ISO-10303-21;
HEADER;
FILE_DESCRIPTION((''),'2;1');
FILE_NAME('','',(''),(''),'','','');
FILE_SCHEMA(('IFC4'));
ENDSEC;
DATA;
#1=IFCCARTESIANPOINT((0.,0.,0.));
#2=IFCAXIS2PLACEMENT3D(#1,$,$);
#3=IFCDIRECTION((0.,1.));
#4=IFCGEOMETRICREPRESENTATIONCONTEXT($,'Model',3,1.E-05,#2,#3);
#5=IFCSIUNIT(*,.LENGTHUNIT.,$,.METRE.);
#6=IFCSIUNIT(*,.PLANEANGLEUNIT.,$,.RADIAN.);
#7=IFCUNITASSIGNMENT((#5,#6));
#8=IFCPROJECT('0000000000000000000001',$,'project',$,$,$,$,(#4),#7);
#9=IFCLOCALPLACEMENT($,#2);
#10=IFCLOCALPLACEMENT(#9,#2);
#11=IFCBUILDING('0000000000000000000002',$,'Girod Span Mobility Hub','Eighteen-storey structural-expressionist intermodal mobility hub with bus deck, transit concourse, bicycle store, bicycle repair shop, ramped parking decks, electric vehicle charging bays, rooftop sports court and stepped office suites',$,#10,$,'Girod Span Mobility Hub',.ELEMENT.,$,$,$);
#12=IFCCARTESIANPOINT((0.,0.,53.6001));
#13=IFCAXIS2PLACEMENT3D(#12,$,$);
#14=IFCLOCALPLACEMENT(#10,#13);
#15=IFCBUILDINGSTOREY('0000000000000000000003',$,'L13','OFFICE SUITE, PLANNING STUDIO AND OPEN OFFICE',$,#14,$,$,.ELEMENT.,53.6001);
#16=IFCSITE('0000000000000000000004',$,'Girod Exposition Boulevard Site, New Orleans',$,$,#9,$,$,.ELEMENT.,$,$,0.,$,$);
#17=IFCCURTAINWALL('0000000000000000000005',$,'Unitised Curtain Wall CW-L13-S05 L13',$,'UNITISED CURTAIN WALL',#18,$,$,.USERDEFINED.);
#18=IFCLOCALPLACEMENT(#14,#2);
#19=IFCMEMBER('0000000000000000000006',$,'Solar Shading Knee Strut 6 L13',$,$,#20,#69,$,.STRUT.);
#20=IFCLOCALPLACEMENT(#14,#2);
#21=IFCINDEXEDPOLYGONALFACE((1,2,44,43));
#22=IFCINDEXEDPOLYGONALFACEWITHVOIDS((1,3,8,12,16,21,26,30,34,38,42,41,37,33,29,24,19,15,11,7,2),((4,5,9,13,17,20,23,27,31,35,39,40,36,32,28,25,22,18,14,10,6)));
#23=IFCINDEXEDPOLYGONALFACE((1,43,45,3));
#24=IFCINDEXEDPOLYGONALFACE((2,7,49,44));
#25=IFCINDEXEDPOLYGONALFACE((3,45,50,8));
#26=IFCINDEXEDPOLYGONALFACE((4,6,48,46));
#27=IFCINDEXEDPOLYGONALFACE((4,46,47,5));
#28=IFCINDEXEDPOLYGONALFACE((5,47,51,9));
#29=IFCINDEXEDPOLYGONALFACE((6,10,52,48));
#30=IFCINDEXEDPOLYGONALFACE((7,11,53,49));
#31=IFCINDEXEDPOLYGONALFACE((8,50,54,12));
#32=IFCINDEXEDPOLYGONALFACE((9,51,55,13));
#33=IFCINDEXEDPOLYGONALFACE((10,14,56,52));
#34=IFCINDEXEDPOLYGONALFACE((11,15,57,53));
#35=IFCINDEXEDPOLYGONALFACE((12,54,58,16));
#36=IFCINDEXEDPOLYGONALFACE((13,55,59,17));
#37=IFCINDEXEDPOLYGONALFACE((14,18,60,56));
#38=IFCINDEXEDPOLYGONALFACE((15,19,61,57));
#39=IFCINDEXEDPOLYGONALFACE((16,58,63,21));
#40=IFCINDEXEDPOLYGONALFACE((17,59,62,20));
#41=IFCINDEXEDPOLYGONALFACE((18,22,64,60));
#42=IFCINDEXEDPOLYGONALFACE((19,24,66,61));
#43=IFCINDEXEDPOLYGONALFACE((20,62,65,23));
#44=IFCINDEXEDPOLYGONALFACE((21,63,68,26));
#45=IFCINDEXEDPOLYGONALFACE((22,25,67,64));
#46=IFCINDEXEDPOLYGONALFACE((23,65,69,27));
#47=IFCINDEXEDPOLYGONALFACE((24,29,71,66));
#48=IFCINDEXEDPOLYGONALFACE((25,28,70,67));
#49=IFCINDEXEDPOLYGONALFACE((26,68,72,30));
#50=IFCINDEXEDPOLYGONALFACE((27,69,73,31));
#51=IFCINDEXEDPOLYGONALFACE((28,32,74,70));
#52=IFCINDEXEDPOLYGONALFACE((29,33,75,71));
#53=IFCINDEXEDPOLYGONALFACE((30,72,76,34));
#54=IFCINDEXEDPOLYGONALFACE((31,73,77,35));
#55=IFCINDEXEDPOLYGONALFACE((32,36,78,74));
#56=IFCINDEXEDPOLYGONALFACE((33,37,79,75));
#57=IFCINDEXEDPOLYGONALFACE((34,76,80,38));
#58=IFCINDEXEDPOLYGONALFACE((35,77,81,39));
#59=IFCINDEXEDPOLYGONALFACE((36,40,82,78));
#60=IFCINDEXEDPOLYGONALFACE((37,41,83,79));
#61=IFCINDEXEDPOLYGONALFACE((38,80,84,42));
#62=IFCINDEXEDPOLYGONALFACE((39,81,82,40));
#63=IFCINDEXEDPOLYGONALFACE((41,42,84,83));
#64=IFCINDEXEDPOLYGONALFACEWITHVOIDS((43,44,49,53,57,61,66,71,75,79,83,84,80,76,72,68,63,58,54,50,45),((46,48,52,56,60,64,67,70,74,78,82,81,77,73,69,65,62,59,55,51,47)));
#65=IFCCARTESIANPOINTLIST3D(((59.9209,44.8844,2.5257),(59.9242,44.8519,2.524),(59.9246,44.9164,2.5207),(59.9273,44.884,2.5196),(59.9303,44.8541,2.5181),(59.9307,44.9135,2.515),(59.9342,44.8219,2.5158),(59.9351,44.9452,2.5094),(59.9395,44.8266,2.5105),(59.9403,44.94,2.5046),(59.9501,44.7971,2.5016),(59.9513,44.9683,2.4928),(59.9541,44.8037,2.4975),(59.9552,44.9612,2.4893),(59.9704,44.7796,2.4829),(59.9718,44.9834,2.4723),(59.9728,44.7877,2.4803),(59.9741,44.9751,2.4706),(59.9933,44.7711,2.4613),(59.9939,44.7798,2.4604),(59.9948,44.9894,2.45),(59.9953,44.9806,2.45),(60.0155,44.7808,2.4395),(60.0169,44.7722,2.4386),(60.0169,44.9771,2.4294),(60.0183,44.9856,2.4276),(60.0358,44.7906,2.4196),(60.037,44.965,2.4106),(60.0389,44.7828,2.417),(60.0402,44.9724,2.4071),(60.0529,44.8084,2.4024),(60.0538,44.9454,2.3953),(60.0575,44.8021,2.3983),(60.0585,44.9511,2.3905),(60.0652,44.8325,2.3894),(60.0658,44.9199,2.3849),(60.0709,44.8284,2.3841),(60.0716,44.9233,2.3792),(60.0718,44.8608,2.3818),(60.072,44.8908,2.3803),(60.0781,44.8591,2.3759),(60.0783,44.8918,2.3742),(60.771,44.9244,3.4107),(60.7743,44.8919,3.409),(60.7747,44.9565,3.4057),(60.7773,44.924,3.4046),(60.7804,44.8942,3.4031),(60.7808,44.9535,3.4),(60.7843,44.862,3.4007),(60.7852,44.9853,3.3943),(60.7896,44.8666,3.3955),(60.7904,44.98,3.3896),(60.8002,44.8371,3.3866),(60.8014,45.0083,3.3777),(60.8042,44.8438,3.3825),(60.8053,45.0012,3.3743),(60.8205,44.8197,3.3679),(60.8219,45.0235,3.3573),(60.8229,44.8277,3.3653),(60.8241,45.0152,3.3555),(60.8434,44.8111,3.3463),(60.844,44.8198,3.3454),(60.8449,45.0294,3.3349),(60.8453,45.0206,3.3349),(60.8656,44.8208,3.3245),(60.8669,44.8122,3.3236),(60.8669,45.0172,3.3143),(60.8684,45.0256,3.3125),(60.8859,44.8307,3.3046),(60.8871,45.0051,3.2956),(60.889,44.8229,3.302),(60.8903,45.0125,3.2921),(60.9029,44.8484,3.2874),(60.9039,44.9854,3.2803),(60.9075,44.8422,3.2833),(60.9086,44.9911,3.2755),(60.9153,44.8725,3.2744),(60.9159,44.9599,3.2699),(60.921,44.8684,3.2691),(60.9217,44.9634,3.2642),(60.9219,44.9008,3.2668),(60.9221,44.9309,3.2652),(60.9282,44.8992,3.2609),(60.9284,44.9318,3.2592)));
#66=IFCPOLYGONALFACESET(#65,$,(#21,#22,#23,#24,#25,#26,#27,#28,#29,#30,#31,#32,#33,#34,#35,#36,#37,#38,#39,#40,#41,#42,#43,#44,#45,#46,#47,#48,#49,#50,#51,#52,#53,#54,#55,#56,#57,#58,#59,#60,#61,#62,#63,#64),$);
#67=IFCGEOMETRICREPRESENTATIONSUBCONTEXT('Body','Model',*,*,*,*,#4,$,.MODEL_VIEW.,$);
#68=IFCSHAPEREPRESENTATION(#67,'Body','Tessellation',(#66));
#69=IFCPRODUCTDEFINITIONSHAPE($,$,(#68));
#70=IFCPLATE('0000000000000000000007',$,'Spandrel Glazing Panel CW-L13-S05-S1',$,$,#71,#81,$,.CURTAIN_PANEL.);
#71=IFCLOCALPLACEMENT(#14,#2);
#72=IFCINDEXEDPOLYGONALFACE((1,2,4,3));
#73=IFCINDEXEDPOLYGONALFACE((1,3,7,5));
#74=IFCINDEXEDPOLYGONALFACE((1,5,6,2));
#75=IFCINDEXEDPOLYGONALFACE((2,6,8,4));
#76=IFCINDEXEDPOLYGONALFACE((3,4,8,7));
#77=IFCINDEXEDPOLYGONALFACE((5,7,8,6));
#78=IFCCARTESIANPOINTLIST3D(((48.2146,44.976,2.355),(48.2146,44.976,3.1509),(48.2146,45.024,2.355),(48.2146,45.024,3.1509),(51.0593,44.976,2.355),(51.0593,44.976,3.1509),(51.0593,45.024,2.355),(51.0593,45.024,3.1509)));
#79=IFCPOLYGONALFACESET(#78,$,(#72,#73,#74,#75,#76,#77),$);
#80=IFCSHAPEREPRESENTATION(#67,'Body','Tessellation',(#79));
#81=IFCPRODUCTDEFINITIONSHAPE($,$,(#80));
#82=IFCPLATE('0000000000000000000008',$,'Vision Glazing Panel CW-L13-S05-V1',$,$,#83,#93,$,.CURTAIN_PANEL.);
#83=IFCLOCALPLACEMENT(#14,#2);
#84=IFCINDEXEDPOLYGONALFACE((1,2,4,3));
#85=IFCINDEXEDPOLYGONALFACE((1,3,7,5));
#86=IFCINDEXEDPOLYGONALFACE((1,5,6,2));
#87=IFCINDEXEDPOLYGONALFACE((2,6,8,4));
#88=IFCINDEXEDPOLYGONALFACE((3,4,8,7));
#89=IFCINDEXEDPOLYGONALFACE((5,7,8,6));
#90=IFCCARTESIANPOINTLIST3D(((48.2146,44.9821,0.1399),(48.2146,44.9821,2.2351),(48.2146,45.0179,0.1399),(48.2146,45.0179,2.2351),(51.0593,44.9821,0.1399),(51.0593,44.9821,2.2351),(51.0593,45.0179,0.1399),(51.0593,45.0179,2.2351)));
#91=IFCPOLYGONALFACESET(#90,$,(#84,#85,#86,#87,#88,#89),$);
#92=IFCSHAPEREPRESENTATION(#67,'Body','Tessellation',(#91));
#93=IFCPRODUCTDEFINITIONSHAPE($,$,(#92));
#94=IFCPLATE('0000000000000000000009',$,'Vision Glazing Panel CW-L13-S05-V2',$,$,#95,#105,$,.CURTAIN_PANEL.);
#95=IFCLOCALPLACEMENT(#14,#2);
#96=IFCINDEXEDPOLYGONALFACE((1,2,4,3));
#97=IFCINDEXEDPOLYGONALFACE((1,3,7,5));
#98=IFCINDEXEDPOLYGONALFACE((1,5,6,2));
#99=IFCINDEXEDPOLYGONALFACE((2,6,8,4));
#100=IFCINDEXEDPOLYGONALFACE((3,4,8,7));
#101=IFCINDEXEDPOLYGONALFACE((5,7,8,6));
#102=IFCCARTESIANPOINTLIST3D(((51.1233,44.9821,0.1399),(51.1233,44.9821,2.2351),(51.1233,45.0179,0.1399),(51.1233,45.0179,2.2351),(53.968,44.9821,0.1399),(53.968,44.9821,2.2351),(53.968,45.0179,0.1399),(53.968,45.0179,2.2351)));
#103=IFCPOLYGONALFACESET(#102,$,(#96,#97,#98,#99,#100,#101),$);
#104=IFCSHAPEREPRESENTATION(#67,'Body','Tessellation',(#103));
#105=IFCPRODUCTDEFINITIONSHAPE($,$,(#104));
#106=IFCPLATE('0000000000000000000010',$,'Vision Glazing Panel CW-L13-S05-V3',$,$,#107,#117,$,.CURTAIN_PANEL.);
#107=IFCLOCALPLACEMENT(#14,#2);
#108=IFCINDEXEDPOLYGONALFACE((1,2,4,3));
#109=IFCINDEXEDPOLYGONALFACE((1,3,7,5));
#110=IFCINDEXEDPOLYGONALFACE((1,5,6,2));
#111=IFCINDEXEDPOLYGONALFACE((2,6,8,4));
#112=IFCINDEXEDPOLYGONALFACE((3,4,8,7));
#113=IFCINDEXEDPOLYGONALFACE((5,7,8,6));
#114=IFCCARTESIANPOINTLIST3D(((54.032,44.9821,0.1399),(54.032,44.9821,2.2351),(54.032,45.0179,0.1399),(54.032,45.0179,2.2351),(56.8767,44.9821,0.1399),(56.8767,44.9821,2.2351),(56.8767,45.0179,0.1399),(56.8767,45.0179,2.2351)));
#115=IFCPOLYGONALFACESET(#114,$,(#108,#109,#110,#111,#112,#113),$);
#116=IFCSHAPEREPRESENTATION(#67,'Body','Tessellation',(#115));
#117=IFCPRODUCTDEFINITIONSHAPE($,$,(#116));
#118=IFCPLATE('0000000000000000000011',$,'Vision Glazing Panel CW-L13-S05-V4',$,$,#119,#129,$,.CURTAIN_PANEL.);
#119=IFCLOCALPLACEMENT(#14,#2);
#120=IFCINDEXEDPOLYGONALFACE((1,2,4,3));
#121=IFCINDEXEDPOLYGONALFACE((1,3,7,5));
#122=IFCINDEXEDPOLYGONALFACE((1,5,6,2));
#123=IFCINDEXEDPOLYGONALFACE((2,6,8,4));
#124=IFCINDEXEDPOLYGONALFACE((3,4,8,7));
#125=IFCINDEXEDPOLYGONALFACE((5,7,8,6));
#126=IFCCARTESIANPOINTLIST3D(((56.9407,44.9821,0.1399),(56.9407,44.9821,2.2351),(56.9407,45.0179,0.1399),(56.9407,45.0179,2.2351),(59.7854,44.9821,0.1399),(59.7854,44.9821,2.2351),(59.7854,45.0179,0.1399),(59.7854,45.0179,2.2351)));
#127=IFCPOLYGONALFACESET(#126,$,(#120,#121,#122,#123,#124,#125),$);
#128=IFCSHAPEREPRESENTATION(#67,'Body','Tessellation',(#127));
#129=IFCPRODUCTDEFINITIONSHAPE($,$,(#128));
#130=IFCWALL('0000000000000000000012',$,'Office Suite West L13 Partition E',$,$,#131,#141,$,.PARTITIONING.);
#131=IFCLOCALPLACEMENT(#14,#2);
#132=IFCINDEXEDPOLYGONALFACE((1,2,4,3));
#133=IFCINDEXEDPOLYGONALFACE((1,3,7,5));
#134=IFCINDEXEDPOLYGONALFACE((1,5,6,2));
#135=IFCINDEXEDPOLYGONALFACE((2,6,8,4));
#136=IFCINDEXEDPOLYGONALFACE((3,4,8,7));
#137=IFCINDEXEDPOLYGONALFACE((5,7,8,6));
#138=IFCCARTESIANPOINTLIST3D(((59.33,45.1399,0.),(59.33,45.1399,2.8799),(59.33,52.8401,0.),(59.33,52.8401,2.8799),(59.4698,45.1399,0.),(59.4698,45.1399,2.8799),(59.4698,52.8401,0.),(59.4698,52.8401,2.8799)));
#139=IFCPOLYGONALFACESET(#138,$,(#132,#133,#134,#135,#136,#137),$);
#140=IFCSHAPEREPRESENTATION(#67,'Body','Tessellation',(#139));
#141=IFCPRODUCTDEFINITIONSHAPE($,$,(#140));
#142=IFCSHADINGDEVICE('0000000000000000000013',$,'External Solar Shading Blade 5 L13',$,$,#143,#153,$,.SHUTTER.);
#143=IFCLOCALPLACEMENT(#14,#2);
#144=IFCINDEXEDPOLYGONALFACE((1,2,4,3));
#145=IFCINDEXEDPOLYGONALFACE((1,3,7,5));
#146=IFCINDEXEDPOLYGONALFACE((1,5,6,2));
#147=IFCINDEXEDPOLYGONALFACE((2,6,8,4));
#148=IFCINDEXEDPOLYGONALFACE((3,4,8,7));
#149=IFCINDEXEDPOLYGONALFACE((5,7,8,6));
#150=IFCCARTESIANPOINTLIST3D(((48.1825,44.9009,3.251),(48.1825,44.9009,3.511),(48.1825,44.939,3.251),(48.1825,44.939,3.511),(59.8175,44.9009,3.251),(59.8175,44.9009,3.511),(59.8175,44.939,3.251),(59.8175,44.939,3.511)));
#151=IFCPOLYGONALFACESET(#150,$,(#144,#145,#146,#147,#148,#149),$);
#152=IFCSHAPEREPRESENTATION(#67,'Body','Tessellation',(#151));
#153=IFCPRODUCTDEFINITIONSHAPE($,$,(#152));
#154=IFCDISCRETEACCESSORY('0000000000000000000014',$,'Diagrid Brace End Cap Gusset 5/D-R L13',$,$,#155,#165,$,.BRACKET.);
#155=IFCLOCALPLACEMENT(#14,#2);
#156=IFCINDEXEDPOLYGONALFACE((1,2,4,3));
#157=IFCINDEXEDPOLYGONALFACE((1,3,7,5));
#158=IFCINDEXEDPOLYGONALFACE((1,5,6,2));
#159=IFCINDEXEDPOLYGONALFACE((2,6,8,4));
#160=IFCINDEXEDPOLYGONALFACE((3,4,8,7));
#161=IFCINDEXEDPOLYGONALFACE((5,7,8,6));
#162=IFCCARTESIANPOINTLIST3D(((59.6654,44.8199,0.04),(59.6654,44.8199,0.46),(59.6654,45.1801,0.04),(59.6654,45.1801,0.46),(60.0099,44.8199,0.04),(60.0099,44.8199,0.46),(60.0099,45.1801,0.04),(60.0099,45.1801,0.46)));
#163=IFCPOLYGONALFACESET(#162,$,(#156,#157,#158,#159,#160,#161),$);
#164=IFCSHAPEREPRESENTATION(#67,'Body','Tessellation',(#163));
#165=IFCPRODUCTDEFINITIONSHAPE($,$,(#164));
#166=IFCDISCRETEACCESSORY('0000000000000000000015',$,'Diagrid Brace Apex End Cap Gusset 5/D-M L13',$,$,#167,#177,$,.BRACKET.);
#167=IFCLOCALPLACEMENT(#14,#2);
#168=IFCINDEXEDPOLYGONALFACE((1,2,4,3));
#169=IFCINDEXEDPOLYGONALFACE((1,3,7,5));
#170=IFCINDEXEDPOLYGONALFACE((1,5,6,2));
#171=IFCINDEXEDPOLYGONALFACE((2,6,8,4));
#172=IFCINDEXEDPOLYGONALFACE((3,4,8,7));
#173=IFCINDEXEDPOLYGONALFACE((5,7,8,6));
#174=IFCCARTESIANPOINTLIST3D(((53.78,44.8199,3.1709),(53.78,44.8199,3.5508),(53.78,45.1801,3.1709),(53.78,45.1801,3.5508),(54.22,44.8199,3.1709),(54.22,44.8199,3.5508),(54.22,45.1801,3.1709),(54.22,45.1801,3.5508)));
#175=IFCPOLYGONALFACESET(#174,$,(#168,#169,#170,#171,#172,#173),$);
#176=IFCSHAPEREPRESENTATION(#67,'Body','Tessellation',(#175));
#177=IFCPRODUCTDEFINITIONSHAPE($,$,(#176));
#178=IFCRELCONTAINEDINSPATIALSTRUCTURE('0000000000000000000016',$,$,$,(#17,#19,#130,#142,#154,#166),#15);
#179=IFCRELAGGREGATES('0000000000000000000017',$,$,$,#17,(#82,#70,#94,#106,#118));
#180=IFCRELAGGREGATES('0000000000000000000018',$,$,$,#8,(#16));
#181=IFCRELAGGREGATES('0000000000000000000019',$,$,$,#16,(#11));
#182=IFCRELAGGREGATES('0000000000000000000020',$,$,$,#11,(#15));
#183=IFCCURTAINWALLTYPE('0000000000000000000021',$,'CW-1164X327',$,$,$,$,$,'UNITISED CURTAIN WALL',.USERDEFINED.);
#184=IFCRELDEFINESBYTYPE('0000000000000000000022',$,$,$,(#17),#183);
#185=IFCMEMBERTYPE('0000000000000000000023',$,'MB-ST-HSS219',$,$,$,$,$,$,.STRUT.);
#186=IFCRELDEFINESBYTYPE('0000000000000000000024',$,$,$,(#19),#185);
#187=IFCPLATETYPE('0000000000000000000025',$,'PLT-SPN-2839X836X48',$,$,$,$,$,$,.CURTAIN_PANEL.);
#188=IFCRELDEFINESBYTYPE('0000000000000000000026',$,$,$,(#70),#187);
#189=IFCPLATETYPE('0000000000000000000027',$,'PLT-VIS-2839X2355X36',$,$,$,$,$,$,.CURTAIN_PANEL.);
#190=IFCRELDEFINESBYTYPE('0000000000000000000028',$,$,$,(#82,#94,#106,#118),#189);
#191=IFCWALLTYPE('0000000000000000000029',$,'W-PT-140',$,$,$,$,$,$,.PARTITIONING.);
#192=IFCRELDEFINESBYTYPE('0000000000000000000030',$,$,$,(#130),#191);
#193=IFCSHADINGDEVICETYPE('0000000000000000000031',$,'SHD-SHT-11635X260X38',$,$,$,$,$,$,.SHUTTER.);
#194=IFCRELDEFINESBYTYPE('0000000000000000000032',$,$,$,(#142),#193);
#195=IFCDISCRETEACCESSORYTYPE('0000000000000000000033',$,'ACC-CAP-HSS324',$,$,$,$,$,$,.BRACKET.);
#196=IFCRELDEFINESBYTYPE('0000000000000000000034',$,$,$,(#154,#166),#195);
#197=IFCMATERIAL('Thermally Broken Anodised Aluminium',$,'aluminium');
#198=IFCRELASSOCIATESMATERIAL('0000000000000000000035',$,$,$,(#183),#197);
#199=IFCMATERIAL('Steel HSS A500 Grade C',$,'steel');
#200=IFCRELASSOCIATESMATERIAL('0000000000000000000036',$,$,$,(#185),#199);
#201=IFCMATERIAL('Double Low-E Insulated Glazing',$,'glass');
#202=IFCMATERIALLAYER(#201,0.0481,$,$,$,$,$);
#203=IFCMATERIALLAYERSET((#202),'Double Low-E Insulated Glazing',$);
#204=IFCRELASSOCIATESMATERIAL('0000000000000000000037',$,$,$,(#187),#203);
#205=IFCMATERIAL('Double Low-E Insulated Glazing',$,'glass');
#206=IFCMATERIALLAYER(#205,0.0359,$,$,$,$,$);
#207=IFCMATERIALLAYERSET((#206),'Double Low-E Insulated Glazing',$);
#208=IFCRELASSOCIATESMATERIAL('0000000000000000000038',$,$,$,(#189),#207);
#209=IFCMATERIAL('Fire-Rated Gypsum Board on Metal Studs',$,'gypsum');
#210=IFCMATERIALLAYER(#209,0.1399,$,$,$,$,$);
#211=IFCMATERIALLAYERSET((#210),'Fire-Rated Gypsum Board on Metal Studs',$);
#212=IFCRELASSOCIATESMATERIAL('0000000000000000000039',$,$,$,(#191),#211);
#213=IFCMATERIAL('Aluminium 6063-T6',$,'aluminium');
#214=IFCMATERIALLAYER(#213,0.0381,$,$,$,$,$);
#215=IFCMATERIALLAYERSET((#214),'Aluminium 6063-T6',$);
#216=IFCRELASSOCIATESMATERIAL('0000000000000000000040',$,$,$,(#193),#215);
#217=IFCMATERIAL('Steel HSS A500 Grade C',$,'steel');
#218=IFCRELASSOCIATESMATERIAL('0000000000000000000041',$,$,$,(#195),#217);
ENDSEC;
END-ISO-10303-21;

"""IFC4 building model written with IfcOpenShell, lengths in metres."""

from ifc_helpers import new_model, si_unit, direction, frame, frame_2d, origin, origin_2d, place, context, subcontext, project, spatial, rectangle, hollow_circle, extrude, material, layer, layer_set, material_profile, profile_set, type_object, element, aggregate, save


model = new_model("IFC4")

# Units and contexts
model_context = context("Model", 3, precision=1e-05, world=origin(), true_north=direction((0.0, 1.0)))
body_context = subcontext(model_context, "Body", "Model", "MODEL_VIEW")
ifc_project = project(units=[si_unit("LENGTHUNIT", "METRE"), si_unit("PLANEANGLEUNIT", "RADIAN")], contexts=[model_context])

# Site, building, storey
site_placement = place(None, origin())
site = spatial("IfcSite", under=ifc_project, at=site_placement, Name="Girod Exposition Boulevard Site, New Orleans", CompositionType="ELEMENT", RefElevation=0.0)
building_placement = place(site_placement, origin())
building = spatial("IfcBuilding", under=site, at=building_placement, Name="Girod Span Mobility Hub", Description="Eighteen-storey structural-expressionist intermodal mobility hub with bus deck, transit concourse, bicycle store, bicycle repair shop, ramped parking decks, electric vehicle charging bays, rooftop sports court and stepped office suites", LongName="Girod Span Mobility Hub", CompositionType="ELEMENT")
storey_placement = place(building_placement, frame((0.0, 0.0, 53.6001)))
storey = spatial("IfcBuildingStorey", under=building, at=storey_placement, Name="L13", Description="OFFICE SUITE, PLANNING STUDIO AND OPEN OFFICE", CompositionType="ELEMENT", Elevation=53.6001)

# Curtain wall
ifc_material_1 = material(Name="Thermally Broken Anodised Aluminium", Category="aluminium")
curtain_wall_type = type_object("IfcCurtainWallType", Name="CW-1164X327", ElementType="UNITISED CURTAIN WALL", PredefinedType="USERDEFINED", material=ifc_material_1)
curtain_wall_1_placement = place(storey_placement, origin())
curtain_wall_1 = element("IfcCurtainWall", 1, at=curtain_wall_1_placement, inside=storey, type_object=curtain_wall_type, Name="Unitised Curtain Wall CW-L13-S05 L13", ObjectType="UNITISED CURTAIN WALL", PredefinedType="USERDEFINED")

# Member
ifc_material_2 = material(Name="Steel HSS A500 Grade C", Category="steel")
ifc_material_profile_1 = material_profile(ifc_material_2, hollow_circle(Radius=0.1096, WallThickness=0.0088, at=origin_2d()), Name="HSS219X9.5")
ifc_profile_set_1 = profile_set([ifc_material_profile_1], Name="Steel HSS A500 Grade C")
member_type_1 = type_object("IfcMemberType", Name="MB-ST-HSS219", PredefinedType="STRUT", material=ifc_profile_set_1)
member_1_placement = place(storey_placement, frame((60.0, 44.8799, 2.45), z_axis=(0.69237, 0.03261, 0.720805), x_axis=(-0.047047, 0.998893, 0.0)))
element("IfcMember", 2, at=member_1_placement, inside=storey, type_object=member_type_1, Name="Solar Shading Knee Strut 6 L13", PredefinedType="STRUT", context=body_context, shape_type="SweptSolid", body=[
    extrude(hollow_circle(Radius=0.1096, WallThickness=0.0088, at=origin_2d()), origin(), (0.0, 0.0, 1.0), 1.2278),
])

# Plates
ifc_material_3 = material(Name="Double Low-E Insulated Glazing", Category="glass")
ifc_layer_1 = layer(ifc_material_3, 0.0481)
ifc_layer_set_1 = layer_set([ifc_layer_1], Name="Double Low-E Insulated Glazing")
plate_type_1 = type_object("IfcPlateType", Name="PLT-SPN-2839X836X48", PredefinedType="CURTAIN_PANEL", material=ifc_layer_set_1)
plate_1_placement = place(storey_placement, frame((49.637, 45.0, 2.355), z_axis=(0.0, 0.0, 1.0), x_axis=(1.0, 0.0, 0.0)))
plate_1 = element("IfcPlate", 3, at=plate_1_placement, type_object=plate_type_1, Name="Spandrel Glazing Panel CW-L13-S05-S1", PredefinedType="CURTAIN_PANEL", context=body_context, shape_type="SweptSolid", body=[
    extrude(rectangle(XDim=2.8447, YDim=0.0481, at=origin_2d()), origin(), (0.0, 0.0, 1.0), 0.7959),
])
ifc_material_4 = material(Name="Double Low-E Insulated Glazing", Category="glass")
ifc_layer_2 = layer(ifc_material_4, 0.0359)
ifc_layer_set_2 = layer_set([ifc_layer_2], Name="Double Low-E Insulated Glazing")
plate_type_2 = type_object("IfcPlateType", Name="PLT-VIS-2839X2355X36", PredefinedType="CURTAIN_PANEL", material=ifc_layer_set_2)
plate_2_placement = place(storey_placement, frame((49.637, 45.0, 0.1399), z_axis=(0.0, 0.0, 1.0), x_axis=(1.0, 0.0, 0.0)))
plate_2 = element("IfcPlate", 4, at=plate_2_placement, type_object=plate_type_2, Name="Vision Glazing Panel CW-L13-S05-V1", PredefinedType="CURTAIN_PANEL", context=body_context, shape_type="SweptSolid", body=[
    extrude(rectangle(XDim=2.8447, YDim=0.0359, at=origin_2d()), origin(), (0.0, 0.0, 1.0), 2.0952),
])
plate_3_placement = place(storey_placement, frame((52.5457, 45.0, 0.1399), z_axis=(0.0, 0.0, 1.0), x_axis=(1.0, 0.0, 0.0)))
plate_3 = element("IfcPlate", 5, at=plate_3_placement, type_object=plate_type_2, Name="Vision Glazing Panel CW-L13-S05-V2", PredefinedType="CURTAIN_PANEL", context=body_context, shape_type="SweptSolid", body=[
    extrude(rectangle(XDim=2.8447, YDim=0.0359, at=origin_2d()), origin(), (0.0, 0.0, 1.0), 2.0952),
])
plate_4_placement = place(storey_placement, frame((55.4543, 45.0, 0.1399), z_axis=(0.0, 0.0, 1.0), x_axis=(1.0, 0.0, 0.0)))
plate_4 = element("IfcPlate", 6, at=plate_4_placement, type_object=plate_type_2, Name="Vision Glazing Panel CW-L13-S05-V3", PredefinedType="CURTAIN_PANEL", context=body_context, shape_type="SweptSolid", body=[
    extrude(rectangle(XDim=2.8447, YDim=0.0359, at=origin_2d()), origin(), (0.0, 0.0, 1.0), 2.0952),
])
plate_5_placement = place(storey_placement, frame((58.363, 45.0, 0.1399), z_axis=(0.0, 0.0, 1.0), x_axis=(1.0, 0.0, 0.0)))
plate_5 = element("IfcPlate", 7, at=plate_5_placement, type_object=plate_type_2, Name="Vision Glazing Panel CW-L13-S05-V4", PredefinedType="CURTAIN_PANEL", context=body_context, shape_type="SweptSolid", body=[
    extrude(rectangle(XDim=2.8447, YDim=0.0359, at=origin_2d()), origin(), (0.0, 0.0, 1.0), 2.0952),
])
aggregate(curtain_wall_1, [plate_2, plate_1, plate_3, plate_4, plate_5])

# Wall
ifc_material_5 = material(Name="Fire-Rated Gypsum Board on Metal Studs", Category="gypsum")
ifc_layer_3 = layer(ifc_material_5, 0.1399)
ifc_layer_set_3 = layer_set([ifc_layer_3], Name="Fire-Rated Gypsum Board on Metal Studs")
wall_type = type_object("IfcWallType", Name="W-PT-140", PredefinedType="PARTITIONING", material=ifc_layer_set_3)
wall_placement = place(storey_placement, frame((59.3999, 45.1399, 0.0), z_axis=(0.0, 0.0, 1.0), x_axis=(0.0, 1.0, 0.0)))
element("IfcWall", 8, at=wall_placement, inside=storey, type_object=wall_type, Name="Office Suite West L13 Partition E", PredefinedType="PARTITIONING", context=body_context, shape_type="SweptSolid", body=[
    extrude(rectangle(XDim=7.7002, YDim=0.1399, at=frame_2d((3.8501, 0.0))), origin(), (0.0, 0.0, 1.0), 2.8799),
])

# Shading device
ifc_material_6 = material(Name="Aluminium 6063-T6", Category="aluminium")
ifc_layer_4 = layer(ifc_material_6, 0.0381)
ifc_layer_set_4 = layer_set([ifc_layer_4], Name="Aluminium 6063-T6")
shading_device_type = type_object("IfcShadingDeviceType", Name="SHD-SHT-11635X260X38", PredefinedType="SHUTTER", material=ifc_layer_set_4)
shading_device_placement = place(storey_placement, frame((54.0, 44.9199, 3.251), z_axis=(0.0, 0.0, 1.0), x_axis=(1.0, 0.0, 0.0)))
element("IfcShadingDevice", 9, at=shading_device_placement, inside=storey, type_object=shading_device_type, Name="External Solar Shading Blade 5 L13", PredefinedType="SHUTTER", context=body_context, shape_type="SweptSolid", body=[
    extrude(rectangle(XDim=11.635, YDim=0.0381, at=origin_2d()), origin(), (0.0, 0.0, 1.0), 0.26),
])

# Discrete accessories
ifc_material_7 = material(Name="Steel HSS A500 Grade C", Category="steel")
discrete_accessory_type = type_object("IfcDiscreteAccessoryType", Name="ACC-CAP-HSS324", PredefinedType="BRACKET", material=ifc_material_7)
discrete_accessory_1_placement = place(storey_placement, frame((59.8376, 45.0, 0.04), z_axis=(0.0, 0.0, 1.0), x_axis=(1.0, 0.0, 0.0)))
element("IfcDiscreteAccessory", 10, at=discrete_accessory_1_placement, inside=storey, type_object=discrete_accessory_type, Name="Diagrid Brace End Cap Gusset 5/D-R L13", PredefinedType="BRACKET", context=body_context, shape_type="SweptSolid", body=[
    extrude(rectangle(XDim=0.3445, YDim=0.3601, at=origin_2d()), origin(), (0.0, 0.0, 1.0), 0.4199),
])
discrete_accessory_2_placement = place(storey_placement, frame((54.0, 45.0, 3.1709), z_axis=(0.0, 0.0, 1.0), x_axis=(1.0, 0.0, 0.0)))
element("IfcDiscreteAccessory", 11, at=discrete_accessory_2_placement, inside=storey, type_object=discrete_accessory_type, Name="Diagrid Brace Apex End Cap Gusset 5/D-M L13", PredefinedType="BRACKET", context=body_context, shape_type="SweptSolid", body=[
    extrude(rectangle(XDim=0.4399, YDim=0.3601, at=origin_2d()), origin(), (0.0, 0.0, 1.0), 0.3799),
])

save(model, "model.ifc")
